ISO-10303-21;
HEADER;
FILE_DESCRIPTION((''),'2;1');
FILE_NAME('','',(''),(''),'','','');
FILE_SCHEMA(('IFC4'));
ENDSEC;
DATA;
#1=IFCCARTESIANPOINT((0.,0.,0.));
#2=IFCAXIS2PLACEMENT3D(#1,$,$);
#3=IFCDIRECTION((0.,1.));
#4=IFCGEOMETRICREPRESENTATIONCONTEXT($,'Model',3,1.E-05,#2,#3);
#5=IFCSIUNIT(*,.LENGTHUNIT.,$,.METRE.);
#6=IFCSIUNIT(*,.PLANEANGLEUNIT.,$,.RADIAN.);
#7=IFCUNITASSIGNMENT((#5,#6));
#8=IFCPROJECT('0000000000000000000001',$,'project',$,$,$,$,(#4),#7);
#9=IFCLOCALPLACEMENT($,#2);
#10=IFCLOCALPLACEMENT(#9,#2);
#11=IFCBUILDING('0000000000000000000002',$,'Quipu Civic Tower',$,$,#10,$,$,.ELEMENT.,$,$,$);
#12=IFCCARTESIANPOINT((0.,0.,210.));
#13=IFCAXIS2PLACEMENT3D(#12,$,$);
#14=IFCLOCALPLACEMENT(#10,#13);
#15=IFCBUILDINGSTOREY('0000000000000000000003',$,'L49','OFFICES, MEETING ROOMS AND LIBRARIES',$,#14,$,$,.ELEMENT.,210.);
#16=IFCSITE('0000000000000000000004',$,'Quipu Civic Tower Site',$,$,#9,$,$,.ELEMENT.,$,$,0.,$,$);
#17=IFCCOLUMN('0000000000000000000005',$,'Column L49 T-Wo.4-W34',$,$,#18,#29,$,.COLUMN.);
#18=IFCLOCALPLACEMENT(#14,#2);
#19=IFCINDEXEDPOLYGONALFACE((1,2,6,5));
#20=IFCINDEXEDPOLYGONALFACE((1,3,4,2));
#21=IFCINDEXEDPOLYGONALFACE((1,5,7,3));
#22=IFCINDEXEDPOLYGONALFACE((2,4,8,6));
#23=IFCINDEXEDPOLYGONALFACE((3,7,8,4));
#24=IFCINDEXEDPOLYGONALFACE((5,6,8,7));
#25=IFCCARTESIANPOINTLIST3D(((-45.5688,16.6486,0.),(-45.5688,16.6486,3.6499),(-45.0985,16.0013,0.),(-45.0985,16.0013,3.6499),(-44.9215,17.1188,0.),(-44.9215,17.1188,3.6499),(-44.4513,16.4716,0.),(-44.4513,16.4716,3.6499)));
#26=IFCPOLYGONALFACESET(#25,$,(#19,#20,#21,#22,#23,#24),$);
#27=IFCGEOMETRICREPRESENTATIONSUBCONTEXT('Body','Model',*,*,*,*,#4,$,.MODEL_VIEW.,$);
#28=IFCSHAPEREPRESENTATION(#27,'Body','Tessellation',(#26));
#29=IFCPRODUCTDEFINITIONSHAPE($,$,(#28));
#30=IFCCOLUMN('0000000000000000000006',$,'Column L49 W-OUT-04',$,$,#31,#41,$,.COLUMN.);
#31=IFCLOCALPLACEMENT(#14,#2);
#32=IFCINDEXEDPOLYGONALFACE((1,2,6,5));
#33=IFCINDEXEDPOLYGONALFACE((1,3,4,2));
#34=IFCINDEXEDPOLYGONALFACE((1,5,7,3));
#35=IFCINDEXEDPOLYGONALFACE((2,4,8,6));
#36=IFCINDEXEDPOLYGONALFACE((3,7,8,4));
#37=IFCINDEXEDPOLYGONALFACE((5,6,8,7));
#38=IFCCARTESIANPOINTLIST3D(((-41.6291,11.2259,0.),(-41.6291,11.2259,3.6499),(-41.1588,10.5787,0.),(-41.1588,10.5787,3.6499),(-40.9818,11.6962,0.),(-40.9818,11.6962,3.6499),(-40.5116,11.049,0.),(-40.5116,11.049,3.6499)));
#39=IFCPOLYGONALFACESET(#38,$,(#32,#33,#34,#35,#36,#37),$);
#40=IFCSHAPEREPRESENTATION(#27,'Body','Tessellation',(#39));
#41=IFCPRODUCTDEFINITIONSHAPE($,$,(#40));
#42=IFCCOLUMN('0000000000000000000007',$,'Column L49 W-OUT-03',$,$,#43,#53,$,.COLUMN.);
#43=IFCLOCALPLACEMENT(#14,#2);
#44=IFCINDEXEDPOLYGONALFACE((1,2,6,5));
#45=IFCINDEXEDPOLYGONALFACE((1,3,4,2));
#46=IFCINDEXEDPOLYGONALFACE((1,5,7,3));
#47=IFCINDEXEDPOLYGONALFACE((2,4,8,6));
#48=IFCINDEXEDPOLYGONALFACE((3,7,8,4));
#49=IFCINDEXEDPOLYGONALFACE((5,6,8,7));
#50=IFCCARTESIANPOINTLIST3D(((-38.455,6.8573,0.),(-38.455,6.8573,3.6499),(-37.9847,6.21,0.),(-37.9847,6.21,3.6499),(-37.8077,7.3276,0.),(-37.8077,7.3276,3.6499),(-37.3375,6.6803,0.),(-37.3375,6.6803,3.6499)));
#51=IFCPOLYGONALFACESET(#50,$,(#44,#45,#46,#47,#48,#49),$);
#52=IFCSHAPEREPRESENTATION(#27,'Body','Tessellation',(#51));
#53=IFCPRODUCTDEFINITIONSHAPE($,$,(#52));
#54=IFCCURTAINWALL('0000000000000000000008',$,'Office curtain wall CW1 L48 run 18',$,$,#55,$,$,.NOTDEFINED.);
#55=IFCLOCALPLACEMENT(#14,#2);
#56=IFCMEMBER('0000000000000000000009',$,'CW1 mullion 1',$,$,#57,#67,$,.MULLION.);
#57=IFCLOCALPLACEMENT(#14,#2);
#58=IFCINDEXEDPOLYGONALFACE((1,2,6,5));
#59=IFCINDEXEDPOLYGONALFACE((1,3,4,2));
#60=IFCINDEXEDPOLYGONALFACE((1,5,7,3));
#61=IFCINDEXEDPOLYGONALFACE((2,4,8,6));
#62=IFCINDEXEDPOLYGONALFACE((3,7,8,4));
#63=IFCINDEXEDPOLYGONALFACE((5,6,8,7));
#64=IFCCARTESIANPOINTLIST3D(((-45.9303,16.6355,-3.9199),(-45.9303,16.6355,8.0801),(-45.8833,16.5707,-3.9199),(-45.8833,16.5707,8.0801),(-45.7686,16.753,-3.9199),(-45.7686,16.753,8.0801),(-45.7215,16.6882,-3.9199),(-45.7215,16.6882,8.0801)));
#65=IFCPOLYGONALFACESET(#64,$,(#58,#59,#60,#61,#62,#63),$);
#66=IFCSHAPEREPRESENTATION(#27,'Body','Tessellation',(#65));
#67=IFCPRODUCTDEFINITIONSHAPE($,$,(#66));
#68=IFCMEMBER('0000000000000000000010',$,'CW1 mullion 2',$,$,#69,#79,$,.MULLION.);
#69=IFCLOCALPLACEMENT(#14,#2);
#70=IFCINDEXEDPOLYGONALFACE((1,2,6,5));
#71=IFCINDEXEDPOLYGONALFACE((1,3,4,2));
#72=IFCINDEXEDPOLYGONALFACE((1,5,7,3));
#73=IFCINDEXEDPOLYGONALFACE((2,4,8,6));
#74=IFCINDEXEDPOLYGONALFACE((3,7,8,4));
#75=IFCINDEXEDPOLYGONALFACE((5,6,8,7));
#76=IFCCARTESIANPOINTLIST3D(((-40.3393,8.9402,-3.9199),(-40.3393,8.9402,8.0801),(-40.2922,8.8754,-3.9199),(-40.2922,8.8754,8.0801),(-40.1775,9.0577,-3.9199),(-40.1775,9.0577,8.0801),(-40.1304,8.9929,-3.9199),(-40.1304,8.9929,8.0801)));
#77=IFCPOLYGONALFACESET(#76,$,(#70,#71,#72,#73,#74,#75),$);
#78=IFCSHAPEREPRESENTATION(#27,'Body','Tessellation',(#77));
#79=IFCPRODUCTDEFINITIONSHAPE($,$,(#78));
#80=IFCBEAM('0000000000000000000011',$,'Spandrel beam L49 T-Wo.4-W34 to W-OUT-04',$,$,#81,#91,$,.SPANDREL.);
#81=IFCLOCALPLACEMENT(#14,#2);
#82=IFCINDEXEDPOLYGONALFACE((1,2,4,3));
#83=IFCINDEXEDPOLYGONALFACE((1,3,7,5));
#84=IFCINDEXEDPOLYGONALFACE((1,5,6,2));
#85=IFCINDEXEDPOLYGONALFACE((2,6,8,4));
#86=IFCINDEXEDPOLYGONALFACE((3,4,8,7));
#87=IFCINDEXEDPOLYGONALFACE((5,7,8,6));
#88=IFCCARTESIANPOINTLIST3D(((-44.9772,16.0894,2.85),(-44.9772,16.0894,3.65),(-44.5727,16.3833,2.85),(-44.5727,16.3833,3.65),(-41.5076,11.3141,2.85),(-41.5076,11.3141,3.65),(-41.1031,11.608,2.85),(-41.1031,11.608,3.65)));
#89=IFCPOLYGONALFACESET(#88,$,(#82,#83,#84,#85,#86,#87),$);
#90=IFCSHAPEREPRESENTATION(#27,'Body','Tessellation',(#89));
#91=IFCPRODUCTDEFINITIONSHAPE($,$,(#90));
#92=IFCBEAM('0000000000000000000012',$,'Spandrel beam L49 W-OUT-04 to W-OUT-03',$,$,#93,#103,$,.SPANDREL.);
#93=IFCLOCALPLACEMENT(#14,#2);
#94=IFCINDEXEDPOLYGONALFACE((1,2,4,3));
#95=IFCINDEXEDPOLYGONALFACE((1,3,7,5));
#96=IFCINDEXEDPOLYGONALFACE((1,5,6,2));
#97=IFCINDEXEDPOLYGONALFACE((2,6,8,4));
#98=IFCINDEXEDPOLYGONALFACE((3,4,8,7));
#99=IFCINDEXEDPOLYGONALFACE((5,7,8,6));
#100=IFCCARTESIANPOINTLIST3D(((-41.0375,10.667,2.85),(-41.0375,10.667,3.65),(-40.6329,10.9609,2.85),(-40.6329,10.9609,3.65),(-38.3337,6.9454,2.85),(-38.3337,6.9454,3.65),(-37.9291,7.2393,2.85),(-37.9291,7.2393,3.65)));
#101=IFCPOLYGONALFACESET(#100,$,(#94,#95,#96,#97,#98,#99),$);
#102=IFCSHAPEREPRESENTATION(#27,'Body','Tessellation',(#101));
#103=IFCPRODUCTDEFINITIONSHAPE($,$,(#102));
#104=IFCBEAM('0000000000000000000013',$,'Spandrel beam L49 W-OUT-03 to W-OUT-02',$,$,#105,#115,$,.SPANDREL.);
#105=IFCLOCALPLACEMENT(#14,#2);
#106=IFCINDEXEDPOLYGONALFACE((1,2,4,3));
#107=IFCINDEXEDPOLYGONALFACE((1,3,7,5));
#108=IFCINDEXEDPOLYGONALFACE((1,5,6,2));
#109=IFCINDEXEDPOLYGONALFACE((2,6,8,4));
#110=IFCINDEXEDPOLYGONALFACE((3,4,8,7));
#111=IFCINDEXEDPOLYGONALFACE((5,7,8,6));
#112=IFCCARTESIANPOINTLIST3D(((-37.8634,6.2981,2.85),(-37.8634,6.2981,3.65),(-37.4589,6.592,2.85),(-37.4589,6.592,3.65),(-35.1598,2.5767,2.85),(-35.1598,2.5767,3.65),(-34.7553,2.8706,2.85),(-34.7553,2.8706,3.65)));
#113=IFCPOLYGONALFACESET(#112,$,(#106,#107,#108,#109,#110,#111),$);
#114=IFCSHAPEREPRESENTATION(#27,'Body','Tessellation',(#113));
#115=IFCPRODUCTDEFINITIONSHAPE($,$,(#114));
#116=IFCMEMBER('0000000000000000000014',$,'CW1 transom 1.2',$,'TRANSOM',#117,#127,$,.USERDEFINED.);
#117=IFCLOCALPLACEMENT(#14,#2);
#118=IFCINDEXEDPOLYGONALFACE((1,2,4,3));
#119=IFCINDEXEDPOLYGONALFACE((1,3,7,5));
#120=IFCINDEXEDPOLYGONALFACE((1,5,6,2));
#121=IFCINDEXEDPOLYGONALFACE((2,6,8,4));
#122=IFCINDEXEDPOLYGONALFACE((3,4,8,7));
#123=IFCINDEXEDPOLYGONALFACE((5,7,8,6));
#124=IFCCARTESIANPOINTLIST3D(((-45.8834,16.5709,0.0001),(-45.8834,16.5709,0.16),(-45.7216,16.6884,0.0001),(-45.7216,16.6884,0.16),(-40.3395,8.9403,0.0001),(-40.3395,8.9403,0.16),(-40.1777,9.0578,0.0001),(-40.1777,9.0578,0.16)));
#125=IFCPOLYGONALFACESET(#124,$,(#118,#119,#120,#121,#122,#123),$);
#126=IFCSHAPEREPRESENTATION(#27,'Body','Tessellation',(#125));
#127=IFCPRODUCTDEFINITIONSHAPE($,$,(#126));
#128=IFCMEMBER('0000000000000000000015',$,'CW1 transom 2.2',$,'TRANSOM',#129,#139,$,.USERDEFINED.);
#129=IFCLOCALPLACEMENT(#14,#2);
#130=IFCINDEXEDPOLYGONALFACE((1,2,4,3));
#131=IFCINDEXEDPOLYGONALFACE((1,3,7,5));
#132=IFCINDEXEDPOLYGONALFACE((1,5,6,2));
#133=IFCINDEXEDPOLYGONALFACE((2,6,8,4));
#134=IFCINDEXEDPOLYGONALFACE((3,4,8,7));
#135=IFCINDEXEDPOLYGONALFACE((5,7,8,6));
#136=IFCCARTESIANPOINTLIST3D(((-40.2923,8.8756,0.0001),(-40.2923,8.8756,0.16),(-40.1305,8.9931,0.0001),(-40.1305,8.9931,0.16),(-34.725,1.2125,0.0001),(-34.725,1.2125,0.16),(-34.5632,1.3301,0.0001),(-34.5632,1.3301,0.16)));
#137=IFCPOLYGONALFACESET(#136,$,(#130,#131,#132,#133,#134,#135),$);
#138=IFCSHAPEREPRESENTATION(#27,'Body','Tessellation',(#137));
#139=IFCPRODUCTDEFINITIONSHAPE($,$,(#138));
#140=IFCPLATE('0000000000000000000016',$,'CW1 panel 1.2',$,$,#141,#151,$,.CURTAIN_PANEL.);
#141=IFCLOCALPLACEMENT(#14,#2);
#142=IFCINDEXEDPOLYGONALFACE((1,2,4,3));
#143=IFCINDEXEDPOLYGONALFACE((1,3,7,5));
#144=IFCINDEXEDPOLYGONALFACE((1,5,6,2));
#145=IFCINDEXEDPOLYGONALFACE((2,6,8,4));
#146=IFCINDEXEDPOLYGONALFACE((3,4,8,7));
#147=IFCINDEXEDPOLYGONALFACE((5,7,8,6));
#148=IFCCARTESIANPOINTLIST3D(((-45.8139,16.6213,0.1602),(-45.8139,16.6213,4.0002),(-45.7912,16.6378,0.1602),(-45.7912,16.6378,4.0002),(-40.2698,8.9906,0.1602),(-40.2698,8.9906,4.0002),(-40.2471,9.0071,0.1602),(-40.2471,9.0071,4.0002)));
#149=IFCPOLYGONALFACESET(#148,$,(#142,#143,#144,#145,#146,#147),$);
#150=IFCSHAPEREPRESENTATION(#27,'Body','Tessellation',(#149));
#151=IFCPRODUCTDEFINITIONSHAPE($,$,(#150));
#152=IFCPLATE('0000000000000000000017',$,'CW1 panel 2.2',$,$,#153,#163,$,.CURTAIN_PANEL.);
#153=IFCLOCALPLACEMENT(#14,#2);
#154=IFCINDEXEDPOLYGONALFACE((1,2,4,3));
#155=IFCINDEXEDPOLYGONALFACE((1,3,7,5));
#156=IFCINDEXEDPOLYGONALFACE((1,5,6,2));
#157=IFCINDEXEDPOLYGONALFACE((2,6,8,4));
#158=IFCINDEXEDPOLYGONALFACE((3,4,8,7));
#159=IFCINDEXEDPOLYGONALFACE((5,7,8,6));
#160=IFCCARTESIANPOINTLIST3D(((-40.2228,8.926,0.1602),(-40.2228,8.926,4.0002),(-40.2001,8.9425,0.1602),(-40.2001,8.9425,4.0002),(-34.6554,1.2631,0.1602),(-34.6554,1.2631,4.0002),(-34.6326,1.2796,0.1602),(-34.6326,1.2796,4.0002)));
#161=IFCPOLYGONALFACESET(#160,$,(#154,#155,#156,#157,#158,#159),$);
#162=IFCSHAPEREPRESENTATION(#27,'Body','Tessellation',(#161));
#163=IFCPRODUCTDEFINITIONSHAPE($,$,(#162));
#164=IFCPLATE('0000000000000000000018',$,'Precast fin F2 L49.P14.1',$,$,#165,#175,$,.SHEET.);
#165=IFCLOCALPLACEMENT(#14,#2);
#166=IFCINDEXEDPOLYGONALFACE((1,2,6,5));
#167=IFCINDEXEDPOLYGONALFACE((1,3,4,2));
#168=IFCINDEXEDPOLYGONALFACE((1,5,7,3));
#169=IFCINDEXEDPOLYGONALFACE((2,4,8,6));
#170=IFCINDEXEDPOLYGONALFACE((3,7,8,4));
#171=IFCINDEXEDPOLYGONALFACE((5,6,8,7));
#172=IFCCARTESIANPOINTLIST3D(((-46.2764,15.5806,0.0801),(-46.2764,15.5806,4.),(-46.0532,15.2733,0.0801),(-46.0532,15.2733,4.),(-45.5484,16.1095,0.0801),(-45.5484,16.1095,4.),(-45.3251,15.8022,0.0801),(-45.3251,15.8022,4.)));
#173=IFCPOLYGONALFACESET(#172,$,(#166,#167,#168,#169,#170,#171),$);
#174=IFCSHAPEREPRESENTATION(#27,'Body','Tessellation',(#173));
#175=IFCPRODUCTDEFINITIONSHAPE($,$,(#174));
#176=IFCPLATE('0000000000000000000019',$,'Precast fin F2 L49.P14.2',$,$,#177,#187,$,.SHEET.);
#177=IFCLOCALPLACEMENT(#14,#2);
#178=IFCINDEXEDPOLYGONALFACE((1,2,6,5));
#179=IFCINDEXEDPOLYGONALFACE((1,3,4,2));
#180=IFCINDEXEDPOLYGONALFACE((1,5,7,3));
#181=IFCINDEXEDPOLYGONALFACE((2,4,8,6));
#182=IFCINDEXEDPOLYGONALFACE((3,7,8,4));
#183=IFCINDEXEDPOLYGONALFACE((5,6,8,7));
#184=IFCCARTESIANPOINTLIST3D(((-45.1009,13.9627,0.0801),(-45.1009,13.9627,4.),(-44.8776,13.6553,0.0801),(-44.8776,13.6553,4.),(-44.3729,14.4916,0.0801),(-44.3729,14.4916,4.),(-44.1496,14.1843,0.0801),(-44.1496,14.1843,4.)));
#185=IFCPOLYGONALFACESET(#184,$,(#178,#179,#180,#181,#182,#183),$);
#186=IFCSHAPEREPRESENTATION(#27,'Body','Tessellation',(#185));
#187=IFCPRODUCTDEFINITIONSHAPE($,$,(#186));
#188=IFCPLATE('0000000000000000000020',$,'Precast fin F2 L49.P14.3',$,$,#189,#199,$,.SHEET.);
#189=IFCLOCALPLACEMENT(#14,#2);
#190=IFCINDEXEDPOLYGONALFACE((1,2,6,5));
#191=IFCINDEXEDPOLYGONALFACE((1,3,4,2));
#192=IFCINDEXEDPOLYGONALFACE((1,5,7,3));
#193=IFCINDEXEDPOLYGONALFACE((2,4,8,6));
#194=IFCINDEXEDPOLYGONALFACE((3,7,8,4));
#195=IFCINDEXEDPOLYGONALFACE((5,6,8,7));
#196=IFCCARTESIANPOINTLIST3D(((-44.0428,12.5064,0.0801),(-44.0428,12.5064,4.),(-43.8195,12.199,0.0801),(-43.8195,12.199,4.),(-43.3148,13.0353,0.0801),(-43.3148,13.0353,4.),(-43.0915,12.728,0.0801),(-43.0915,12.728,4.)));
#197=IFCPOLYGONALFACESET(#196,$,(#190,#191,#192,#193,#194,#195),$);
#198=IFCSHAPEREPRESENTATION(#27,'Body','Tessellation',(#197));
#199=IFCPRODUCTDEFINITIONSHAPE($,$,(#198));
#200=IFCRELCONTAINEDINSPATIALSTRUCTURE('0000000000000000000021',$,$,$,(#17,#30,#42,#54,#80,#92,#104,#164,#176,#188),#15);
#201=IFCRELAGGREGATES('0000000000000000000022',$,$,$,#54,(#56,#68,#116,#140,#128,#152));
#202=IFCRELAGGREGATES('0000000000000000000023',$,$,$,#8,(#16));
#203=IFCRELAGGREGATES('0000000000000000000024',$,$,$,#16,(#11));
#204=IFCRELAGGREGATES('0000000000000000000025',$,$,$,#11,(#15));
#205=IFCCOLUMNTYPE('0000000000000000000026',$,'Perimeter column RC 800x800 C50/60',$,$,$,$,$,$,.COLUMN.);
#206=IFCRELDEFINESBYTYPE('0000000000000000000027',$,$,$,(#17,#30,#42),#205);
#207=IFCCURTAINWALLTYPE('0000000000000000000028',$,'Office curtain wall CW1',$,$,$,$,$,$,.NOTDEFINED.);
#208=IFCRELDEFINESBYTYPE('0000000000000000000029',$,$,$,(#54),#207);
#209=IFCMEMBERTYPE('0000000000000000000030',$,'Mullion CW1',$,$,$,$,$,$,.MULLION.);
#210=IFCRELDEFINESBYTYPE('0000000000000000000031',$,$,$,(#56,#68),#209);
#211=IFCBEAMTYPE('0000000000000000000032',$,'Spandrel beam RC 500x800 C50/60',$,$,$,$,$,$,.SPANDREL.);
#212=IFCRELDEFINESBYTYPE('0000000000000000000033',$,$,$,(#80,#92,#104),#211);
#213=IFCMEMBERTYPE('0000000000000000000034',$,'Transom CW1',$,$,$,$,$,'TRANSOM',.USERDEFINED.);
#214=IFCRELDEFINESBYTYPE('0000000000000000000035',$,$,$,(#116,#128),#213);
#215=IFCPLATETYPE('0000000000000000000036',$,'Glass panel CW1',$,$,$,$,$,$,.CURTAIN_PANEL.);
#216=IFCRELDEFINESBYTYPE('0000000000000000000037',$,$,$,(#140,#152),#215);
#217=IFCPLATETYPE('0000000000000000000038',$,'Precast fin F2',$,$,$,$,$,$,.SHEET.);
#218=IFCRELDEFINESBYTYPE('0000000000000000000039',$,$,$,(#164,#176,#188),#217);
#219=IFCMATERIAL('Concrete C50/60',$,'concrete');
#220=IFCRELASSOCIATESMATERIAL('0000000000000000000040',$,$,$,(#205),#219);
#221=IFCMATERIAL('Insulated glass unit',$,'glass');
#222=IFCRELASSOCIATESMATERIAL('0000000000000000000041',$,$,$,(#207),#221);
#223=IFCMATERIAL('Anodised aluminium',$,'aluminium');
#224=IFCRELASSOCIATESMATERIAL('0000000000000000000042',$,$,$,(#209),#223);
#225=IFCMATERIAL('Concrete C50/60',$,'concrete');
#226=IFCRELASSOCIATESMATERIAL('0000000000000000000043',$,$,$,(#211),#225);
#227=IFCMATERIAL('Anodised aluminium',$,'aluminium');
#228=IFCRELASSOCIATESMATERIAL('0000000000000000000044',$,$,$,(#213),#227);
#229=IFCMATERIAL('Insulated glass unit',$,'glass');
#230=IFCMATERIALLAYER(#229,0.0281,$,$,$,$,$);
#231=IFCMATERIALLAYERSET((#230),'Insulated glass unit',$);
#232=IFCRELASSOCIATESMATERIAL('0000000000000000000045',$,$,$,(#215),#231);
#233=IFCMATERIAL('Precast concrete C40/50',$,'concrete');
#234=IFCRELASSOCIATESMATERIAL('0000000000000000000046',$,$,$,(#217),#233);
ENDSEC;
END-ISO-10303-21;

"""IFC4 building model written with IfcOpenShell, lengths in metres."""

from ifc_helpers import new_model, si_unit, direction, frame, origin, origin_2d, place, context, subcontext, project, spatial, rectangle, extrude, material, layer, layer_set, material_profile, profile_set, type_object, element, aggregate, save


model = new_model("IFC4")

# Units and contexts
model_context = context("Model", 3, precision=1e-05, world=origin(), true_north=direction((0.0, 1.0)))
body_context = subcontext(model_context, "Body", "Model", "MODEL_VIEW")
ifc_project = project(units=[si_unit("LENGTHUNIT", "METRE"), si_unit("PLANEANGLEUNIT", "RADIAN")], contexts=[model_context])

# Site, building, storey
site_placement = place(None, origin())
site = spatial("IfcSite", under=ifc_project, at=site_placement, Name="Quipu Civic Tower Site", CompositionType="ELEMENT", RefElevation=0.0)
building_placement = place(site_placement, origin())
building = spatial("IfcBuilding", under=site, at=building_placement, Name="Quipu Civic Tower", CompositionType="ELEMENT")
storey_placement = place(building_placement, frame((0.0, 0.0, 210.0)))
storey = spatial("IfcBuildingStorey", under=building, at=storey_placement, Name="L49", Description="OFFICES, MEETING ROOMS AND LIBRARIES", CompositionType="ELEMENT", Elevation=210.0)

# Columns
ifc_material_1 = material(Name="Concrete C50/60", Category="concrete")
ifc_material_profile_1 = material_profile(ifc_material_1, rectangle(XDim=0.8, YDim=0.8, at=origin_2d()), Name="RC800x800")
ifc_profile_set_1 = profile_set([ifc_material_profile_1], Name="Concrete C50/60")
column_type = type_object("IfcColumnType", Name="Perimeter column RC 800x800 C50/60", PredefinedType="COLUMN", material=ifc_profile_set_1)
for number, where, z_axis, x_axis, name in (
    (1, (-45.01, 16.5601, 0.0), (0.0, 0.0, 1.0), (0.587785, -0.809017, 0.0), "Column L49 T-Wo.4-W34"),
    (2, (-41.0703, 11.1375, 0.0), (0.0, 0.0, 1.0), (0.587785, -0.809017, 0.0), "Column L49 W-OUT-04"),
    (3, (-37.8962, 6.7688, 0.0), (0.0, 0.0, 1.0), (0.587785, -0.809017, 0.0), "Column L49 W-OUT-03"),
):
    element("IfcColumn", number, at=place(storey_placement, frame(where, z_axis=z_axis, x_axis=x_axis)), inside=storey, type_object=column_type, Name=name, PredefinedType="COLUMN", context=body_context, shape_type="SweptSolid", body=[
        extrude(rectangle(XDim=0.8, YDim=0.8, at=origin_2d()), origin(), (0.0, 0.0, 1.0), 3.6499),
    ])

# Curtain wall, members
ifc_material_2 = material(Name="Insulated glass unit", Category="glass")
curtain_wall_type = type_object("IfcCurtainWallType", Name="Office curtain wall CW1", PredefinedType="NOTDEFINED", material=ifc_material_2)
curtain_wall_placement = place(storey_placement, origin())
curtain_wall = element("IfcCurtainWall", 4, at=curtain_wall_placement, inside=storey, type_object=curtain_wall_type, Name="Office curtain wall CW1 L48 run 18", PredefinedType="NOTDEFINED")
ifc_material_3 = material(Name="Anodised aluminium", Category="aluminium")
ifc_material_profile_2 = material_profile(ifc_material_3, rectangle(XDim=0.2, YDim=0.0801, at=origin_2d()), Name="RECT 200x80")
ifc_profile_set_2 = profile_set([ifc_material_profile_2], Name="Anodised aluminium")
member_type_1 = type_object("IfcMemberType", Name="Mullion CW1", PredefinedType="MULLION", material=ifc_profile_set_2)
member_1_placement = place(storey_placement, frame((-45.8259, 16.6619, -3.9199), z_axis=(0.0, 0.0, 1.0), x_axis=(0.809017, 0.587786, 0.0)))
member_1 = element("IfcMember", 5, at=member_1_placement, type_object=member_type_1, Name="CW1 mullion 1", PredefinedType="MULLION", context=body_context, shape_type="SweptSolid", body=[
    extrude(rectangle(XDim=0.2, YDim=0.0801, at=origin_2d()), origin(), (0.0, 0.0, 1.0), 12.0),
])
member_2_placement = place(storey_placement, frame((-40.2349, 8.9666, -3.9199), z_axis=(0.0, 0.0, 1.0), x_axis=(0.809017, 0.587786, 0.0)))
member_2 = element("IfcMember", 6, at=member_2_placement, type_object=member_type_1, Name="CW1 mullion 2", PredefinedType="MULLION", context=body_context, shape_type="SweptSolid", body=[
    extrude(rectangle(XDim=0.2, YDim=0.0801, at=origin_2d()), origin(), (0.0, 0.0, 1.0), 12.0),
])

# Beams
ifc_material_4 = material(Name="Concrete C50/60", Category="concrete")
ifc_material_profile_3 = material_profile(ifc_material_4, rectangle(XDim=0.5, YDim=0.8, at=origin_2d()), Name="RC500x800")
ifc_profile_set_3 = profile_set([ifc_material_profile_3], Name="Concrete C50/60")
beam_type = type_object("IfcBeamType", Name="Spandrel beam RC 500x800 C50/60", PredefinedType="SPANDREL", material=ifc_profile_set_3)
beam_1_placement = place(storey_placement, frame((-44.7749, 16.2363, 3.25), z_axis=(0.5878, -0.809006, 0.0), x_axis=(0.809006, 0.5878, 0.0)))
element("IfcBeam", 7, at=beam_1_placement, inside=storey, type_object=beam_type, Name="Spandrel beam L49 T-Wo.4-W34 to W-OUT-04", PredefinedType="SPANDREL", context=body_context, shape_type="SweptSolid", body=[
    extrude(rectangle(XDim=0.5, YDim=0.8, at=origin_2d()), origin(), (0.0, 0.0, 1.0), 5.9026),
])
beam_2_placement = place(storey_placement, frame((-40.8352, 10.814, 3.25), z_axis=(0.587771, -0.809027, 0.0), x_axis=(0.809027, 0.587771, 0.0)))
element("IfcBeam", 8, at=beam_2_placement, inside=storey, type_object=beam_type, Name="Spandrel beam L49 W-OUT-04 to W-OUT-03", PredefinedType="SPANDREL", context=body_context, shape_type="SweptSolid", body=[
    extrude(rectangle(XDim=0.5, YDim=0.8, at=origin_2d()), origin(), (0.0, 0.0, 1.0), 4.6001),
])
beam_3_placement = place(storey_placement, frame((-37.6611, 6.4451, 3.25), z_axis=(0.587761, -0.809034, 0.0), x_axis=(0.809034, 0.587761, 0.0)))
element("IfcBeam", 9, at=beam_3_placement, inside=storey, type_object=beam_type, Name="Spandrel beam L49 W-OUT-03 to W-OUT-02", PredefinedType="SPANDREL", context=body_context, shape_type="SweptSolid", body=[
    extrude(rectangle(XDim=0.5, YDim=0.8, at=origin_2d()), origin(), (0.0, 0.0, 1.0), 4.5999),
])

# Members
ifc_material_5 = material(Name="Anodised aluminium", Category="aluminium")
ifc_material_profile_4 = material_profile(ifc_material_5, rectangle(XDim=0.2, YDim=0.1599, at=origin_2d()), Name="RECT 200x160")
ifc_profile_set_4 = profile_set([ifc_material_profile_4], Name="Anodised aluminium")
member_type_2 = type_object("IfcMemberType", Name="Transom CW1", ElementType="TRANSOM", PredefinedType="USERDEFINED", material=ifc_profile_set_4)
member_3_placement = place(storey_placement, frame((-45.8025, 16.6296, 0.0801), z_axis=(0.587784, -0.809018, 0.0), x_axis=(0.809018, 0.587784, 0.0)))
member_3 = element("IfcMember", 10, at=member_3_placement, type_object=member_type_2, Name="CW1 transom 1.2", ObjectType="TRANSOM", PredefinedType="USERDEFINED", context=body_context, shape_type="SweptSolid", body=[
    extrude(rectangle(XDim=0.2, YDim=0.1599, at=origin_2d()), origin(), (0.0, 0.0, 1.0), 9.4319),
])
member_4_placement = place(storey_placement, frame((-40.2114, 8.9343, 0.0801), z_axis=(0.587773, -0.809026, 0.0), x_axis=(0.809026, 0.587773, 0.0)))
member_4 = element("IfcMember", 11, at=member_4_placement, type_object=member_type_2, Name="CW1 transom 2.2", ObjectType="TRANSOM", PredefinedType="USERDEFINED", context=body_context, shape_type="SweptSolid", body=[
    extrude(rectangle(XDim=0.2, YDim=0.1599, at=origin_2d()), origin(), (0.0, 0.0, 1.0), 9.4719),
])

# Plates
ifc_material_6 = material(Name="Insulated glass unit", Category="glass")
ifc_layer_1 = layer(ifc_material_6, 0.0281)
ifc_layer_set_1 = layer_set([ifc_layer_1], Name="Insulated glass unit")
plate_type_1 = type_object("IfcPlateType", Name="Glass panel CW1", PredefinedType="CURTAIN_PANEL", material=ifc_layer_set_1)
plate_1_placement = place(storey_placement, frame((-43.0305, 12.8142, 0.1602), z_axis=(0.0, 0.0, 1.0), x_axis=(0.587786, -0.809017, 0.0)))
plate_1 = element("IfcPlate", 12, at=plate_1_placement, type_object=plate_type_1, Name="CW1 panel 1.2", PredefinedType="CURTAIN_PANEL", context=body_context, shape_type="SweptSolid", body=[
    extrude(rectangle(XDim=9.4321, YDim=0.0281, at=origin_2d()), origin(), (0.0, 0.0, 1.0), 3.8401),
])
plate_2_placement = place(storey_placement, frame((-37.4277, 5.1028, 0.1602), z_axis=(0.0, 0.0, 1.0), x_axis=(0.587786, -0.809017, 0.0)))
plate_2 = element("IfcPlate", 13, at=plate_2_placement, type_object=plate_type_1, Name="CW1 panel 2.2", PredefinedType="CURTAIN_PANEL", context=body_context, shape_type="SweptSolid", body=[
    extrude(rectangle(XDim=9.4719, YDim=0.0281, at=origin_2d()), origin(), (0.0, 0.0, 1.0), 3.8401),
])
aggregate(curtain_wall, [member_1, member_2, member_3, plate_1, member_4, plate_2])

# Plates
ifc_material_7 = material(Name="Precast concrete C40/50", Category="concrete")
plate_type_2 = type_object("IfcPlateType", Name="Precast fin F2", PredefinedType="SHEET", material=ifc_material_7)
for number, where, z_axis, x_axis, name in (
    (14, (-45.8008, 15.6914, 0.0801), (0.0, 0.0, 1.0), (0.587786, -0.809017, 0.0), "Precast fin F2 L49.P14.1"),
    (15, (-44.6252, 14.0735, 0.0801), (0.0, 0.0, 1.0), (0.587786, -0.809017, 0.0), "Precast fin F2 L49.P14.2"),
    (16, (-43.5671, 12.6172, 0.0801), (0.0, 0.0, 1.0), (0.587786, -0.809017, 0.0), "Precast fin F2 L49.P14.3"),
):
    element("IfcPlate", number, at=place(storey_placement, frame(where, z_axis=z_axis, x_axis=x_axis)), inside=storey, type_object=plate_type_2, Name=name, PredefinedType="SHEET", context=body_context, shape_type="SweptSolid", body=[
        extrude(rectangle(XDim=0.3799, YDim=0.8999, at=origin_2d()), origin(), (0.0, 0.0, 1.0), 3.9199),
    ])

save(model, "model.ifc")
